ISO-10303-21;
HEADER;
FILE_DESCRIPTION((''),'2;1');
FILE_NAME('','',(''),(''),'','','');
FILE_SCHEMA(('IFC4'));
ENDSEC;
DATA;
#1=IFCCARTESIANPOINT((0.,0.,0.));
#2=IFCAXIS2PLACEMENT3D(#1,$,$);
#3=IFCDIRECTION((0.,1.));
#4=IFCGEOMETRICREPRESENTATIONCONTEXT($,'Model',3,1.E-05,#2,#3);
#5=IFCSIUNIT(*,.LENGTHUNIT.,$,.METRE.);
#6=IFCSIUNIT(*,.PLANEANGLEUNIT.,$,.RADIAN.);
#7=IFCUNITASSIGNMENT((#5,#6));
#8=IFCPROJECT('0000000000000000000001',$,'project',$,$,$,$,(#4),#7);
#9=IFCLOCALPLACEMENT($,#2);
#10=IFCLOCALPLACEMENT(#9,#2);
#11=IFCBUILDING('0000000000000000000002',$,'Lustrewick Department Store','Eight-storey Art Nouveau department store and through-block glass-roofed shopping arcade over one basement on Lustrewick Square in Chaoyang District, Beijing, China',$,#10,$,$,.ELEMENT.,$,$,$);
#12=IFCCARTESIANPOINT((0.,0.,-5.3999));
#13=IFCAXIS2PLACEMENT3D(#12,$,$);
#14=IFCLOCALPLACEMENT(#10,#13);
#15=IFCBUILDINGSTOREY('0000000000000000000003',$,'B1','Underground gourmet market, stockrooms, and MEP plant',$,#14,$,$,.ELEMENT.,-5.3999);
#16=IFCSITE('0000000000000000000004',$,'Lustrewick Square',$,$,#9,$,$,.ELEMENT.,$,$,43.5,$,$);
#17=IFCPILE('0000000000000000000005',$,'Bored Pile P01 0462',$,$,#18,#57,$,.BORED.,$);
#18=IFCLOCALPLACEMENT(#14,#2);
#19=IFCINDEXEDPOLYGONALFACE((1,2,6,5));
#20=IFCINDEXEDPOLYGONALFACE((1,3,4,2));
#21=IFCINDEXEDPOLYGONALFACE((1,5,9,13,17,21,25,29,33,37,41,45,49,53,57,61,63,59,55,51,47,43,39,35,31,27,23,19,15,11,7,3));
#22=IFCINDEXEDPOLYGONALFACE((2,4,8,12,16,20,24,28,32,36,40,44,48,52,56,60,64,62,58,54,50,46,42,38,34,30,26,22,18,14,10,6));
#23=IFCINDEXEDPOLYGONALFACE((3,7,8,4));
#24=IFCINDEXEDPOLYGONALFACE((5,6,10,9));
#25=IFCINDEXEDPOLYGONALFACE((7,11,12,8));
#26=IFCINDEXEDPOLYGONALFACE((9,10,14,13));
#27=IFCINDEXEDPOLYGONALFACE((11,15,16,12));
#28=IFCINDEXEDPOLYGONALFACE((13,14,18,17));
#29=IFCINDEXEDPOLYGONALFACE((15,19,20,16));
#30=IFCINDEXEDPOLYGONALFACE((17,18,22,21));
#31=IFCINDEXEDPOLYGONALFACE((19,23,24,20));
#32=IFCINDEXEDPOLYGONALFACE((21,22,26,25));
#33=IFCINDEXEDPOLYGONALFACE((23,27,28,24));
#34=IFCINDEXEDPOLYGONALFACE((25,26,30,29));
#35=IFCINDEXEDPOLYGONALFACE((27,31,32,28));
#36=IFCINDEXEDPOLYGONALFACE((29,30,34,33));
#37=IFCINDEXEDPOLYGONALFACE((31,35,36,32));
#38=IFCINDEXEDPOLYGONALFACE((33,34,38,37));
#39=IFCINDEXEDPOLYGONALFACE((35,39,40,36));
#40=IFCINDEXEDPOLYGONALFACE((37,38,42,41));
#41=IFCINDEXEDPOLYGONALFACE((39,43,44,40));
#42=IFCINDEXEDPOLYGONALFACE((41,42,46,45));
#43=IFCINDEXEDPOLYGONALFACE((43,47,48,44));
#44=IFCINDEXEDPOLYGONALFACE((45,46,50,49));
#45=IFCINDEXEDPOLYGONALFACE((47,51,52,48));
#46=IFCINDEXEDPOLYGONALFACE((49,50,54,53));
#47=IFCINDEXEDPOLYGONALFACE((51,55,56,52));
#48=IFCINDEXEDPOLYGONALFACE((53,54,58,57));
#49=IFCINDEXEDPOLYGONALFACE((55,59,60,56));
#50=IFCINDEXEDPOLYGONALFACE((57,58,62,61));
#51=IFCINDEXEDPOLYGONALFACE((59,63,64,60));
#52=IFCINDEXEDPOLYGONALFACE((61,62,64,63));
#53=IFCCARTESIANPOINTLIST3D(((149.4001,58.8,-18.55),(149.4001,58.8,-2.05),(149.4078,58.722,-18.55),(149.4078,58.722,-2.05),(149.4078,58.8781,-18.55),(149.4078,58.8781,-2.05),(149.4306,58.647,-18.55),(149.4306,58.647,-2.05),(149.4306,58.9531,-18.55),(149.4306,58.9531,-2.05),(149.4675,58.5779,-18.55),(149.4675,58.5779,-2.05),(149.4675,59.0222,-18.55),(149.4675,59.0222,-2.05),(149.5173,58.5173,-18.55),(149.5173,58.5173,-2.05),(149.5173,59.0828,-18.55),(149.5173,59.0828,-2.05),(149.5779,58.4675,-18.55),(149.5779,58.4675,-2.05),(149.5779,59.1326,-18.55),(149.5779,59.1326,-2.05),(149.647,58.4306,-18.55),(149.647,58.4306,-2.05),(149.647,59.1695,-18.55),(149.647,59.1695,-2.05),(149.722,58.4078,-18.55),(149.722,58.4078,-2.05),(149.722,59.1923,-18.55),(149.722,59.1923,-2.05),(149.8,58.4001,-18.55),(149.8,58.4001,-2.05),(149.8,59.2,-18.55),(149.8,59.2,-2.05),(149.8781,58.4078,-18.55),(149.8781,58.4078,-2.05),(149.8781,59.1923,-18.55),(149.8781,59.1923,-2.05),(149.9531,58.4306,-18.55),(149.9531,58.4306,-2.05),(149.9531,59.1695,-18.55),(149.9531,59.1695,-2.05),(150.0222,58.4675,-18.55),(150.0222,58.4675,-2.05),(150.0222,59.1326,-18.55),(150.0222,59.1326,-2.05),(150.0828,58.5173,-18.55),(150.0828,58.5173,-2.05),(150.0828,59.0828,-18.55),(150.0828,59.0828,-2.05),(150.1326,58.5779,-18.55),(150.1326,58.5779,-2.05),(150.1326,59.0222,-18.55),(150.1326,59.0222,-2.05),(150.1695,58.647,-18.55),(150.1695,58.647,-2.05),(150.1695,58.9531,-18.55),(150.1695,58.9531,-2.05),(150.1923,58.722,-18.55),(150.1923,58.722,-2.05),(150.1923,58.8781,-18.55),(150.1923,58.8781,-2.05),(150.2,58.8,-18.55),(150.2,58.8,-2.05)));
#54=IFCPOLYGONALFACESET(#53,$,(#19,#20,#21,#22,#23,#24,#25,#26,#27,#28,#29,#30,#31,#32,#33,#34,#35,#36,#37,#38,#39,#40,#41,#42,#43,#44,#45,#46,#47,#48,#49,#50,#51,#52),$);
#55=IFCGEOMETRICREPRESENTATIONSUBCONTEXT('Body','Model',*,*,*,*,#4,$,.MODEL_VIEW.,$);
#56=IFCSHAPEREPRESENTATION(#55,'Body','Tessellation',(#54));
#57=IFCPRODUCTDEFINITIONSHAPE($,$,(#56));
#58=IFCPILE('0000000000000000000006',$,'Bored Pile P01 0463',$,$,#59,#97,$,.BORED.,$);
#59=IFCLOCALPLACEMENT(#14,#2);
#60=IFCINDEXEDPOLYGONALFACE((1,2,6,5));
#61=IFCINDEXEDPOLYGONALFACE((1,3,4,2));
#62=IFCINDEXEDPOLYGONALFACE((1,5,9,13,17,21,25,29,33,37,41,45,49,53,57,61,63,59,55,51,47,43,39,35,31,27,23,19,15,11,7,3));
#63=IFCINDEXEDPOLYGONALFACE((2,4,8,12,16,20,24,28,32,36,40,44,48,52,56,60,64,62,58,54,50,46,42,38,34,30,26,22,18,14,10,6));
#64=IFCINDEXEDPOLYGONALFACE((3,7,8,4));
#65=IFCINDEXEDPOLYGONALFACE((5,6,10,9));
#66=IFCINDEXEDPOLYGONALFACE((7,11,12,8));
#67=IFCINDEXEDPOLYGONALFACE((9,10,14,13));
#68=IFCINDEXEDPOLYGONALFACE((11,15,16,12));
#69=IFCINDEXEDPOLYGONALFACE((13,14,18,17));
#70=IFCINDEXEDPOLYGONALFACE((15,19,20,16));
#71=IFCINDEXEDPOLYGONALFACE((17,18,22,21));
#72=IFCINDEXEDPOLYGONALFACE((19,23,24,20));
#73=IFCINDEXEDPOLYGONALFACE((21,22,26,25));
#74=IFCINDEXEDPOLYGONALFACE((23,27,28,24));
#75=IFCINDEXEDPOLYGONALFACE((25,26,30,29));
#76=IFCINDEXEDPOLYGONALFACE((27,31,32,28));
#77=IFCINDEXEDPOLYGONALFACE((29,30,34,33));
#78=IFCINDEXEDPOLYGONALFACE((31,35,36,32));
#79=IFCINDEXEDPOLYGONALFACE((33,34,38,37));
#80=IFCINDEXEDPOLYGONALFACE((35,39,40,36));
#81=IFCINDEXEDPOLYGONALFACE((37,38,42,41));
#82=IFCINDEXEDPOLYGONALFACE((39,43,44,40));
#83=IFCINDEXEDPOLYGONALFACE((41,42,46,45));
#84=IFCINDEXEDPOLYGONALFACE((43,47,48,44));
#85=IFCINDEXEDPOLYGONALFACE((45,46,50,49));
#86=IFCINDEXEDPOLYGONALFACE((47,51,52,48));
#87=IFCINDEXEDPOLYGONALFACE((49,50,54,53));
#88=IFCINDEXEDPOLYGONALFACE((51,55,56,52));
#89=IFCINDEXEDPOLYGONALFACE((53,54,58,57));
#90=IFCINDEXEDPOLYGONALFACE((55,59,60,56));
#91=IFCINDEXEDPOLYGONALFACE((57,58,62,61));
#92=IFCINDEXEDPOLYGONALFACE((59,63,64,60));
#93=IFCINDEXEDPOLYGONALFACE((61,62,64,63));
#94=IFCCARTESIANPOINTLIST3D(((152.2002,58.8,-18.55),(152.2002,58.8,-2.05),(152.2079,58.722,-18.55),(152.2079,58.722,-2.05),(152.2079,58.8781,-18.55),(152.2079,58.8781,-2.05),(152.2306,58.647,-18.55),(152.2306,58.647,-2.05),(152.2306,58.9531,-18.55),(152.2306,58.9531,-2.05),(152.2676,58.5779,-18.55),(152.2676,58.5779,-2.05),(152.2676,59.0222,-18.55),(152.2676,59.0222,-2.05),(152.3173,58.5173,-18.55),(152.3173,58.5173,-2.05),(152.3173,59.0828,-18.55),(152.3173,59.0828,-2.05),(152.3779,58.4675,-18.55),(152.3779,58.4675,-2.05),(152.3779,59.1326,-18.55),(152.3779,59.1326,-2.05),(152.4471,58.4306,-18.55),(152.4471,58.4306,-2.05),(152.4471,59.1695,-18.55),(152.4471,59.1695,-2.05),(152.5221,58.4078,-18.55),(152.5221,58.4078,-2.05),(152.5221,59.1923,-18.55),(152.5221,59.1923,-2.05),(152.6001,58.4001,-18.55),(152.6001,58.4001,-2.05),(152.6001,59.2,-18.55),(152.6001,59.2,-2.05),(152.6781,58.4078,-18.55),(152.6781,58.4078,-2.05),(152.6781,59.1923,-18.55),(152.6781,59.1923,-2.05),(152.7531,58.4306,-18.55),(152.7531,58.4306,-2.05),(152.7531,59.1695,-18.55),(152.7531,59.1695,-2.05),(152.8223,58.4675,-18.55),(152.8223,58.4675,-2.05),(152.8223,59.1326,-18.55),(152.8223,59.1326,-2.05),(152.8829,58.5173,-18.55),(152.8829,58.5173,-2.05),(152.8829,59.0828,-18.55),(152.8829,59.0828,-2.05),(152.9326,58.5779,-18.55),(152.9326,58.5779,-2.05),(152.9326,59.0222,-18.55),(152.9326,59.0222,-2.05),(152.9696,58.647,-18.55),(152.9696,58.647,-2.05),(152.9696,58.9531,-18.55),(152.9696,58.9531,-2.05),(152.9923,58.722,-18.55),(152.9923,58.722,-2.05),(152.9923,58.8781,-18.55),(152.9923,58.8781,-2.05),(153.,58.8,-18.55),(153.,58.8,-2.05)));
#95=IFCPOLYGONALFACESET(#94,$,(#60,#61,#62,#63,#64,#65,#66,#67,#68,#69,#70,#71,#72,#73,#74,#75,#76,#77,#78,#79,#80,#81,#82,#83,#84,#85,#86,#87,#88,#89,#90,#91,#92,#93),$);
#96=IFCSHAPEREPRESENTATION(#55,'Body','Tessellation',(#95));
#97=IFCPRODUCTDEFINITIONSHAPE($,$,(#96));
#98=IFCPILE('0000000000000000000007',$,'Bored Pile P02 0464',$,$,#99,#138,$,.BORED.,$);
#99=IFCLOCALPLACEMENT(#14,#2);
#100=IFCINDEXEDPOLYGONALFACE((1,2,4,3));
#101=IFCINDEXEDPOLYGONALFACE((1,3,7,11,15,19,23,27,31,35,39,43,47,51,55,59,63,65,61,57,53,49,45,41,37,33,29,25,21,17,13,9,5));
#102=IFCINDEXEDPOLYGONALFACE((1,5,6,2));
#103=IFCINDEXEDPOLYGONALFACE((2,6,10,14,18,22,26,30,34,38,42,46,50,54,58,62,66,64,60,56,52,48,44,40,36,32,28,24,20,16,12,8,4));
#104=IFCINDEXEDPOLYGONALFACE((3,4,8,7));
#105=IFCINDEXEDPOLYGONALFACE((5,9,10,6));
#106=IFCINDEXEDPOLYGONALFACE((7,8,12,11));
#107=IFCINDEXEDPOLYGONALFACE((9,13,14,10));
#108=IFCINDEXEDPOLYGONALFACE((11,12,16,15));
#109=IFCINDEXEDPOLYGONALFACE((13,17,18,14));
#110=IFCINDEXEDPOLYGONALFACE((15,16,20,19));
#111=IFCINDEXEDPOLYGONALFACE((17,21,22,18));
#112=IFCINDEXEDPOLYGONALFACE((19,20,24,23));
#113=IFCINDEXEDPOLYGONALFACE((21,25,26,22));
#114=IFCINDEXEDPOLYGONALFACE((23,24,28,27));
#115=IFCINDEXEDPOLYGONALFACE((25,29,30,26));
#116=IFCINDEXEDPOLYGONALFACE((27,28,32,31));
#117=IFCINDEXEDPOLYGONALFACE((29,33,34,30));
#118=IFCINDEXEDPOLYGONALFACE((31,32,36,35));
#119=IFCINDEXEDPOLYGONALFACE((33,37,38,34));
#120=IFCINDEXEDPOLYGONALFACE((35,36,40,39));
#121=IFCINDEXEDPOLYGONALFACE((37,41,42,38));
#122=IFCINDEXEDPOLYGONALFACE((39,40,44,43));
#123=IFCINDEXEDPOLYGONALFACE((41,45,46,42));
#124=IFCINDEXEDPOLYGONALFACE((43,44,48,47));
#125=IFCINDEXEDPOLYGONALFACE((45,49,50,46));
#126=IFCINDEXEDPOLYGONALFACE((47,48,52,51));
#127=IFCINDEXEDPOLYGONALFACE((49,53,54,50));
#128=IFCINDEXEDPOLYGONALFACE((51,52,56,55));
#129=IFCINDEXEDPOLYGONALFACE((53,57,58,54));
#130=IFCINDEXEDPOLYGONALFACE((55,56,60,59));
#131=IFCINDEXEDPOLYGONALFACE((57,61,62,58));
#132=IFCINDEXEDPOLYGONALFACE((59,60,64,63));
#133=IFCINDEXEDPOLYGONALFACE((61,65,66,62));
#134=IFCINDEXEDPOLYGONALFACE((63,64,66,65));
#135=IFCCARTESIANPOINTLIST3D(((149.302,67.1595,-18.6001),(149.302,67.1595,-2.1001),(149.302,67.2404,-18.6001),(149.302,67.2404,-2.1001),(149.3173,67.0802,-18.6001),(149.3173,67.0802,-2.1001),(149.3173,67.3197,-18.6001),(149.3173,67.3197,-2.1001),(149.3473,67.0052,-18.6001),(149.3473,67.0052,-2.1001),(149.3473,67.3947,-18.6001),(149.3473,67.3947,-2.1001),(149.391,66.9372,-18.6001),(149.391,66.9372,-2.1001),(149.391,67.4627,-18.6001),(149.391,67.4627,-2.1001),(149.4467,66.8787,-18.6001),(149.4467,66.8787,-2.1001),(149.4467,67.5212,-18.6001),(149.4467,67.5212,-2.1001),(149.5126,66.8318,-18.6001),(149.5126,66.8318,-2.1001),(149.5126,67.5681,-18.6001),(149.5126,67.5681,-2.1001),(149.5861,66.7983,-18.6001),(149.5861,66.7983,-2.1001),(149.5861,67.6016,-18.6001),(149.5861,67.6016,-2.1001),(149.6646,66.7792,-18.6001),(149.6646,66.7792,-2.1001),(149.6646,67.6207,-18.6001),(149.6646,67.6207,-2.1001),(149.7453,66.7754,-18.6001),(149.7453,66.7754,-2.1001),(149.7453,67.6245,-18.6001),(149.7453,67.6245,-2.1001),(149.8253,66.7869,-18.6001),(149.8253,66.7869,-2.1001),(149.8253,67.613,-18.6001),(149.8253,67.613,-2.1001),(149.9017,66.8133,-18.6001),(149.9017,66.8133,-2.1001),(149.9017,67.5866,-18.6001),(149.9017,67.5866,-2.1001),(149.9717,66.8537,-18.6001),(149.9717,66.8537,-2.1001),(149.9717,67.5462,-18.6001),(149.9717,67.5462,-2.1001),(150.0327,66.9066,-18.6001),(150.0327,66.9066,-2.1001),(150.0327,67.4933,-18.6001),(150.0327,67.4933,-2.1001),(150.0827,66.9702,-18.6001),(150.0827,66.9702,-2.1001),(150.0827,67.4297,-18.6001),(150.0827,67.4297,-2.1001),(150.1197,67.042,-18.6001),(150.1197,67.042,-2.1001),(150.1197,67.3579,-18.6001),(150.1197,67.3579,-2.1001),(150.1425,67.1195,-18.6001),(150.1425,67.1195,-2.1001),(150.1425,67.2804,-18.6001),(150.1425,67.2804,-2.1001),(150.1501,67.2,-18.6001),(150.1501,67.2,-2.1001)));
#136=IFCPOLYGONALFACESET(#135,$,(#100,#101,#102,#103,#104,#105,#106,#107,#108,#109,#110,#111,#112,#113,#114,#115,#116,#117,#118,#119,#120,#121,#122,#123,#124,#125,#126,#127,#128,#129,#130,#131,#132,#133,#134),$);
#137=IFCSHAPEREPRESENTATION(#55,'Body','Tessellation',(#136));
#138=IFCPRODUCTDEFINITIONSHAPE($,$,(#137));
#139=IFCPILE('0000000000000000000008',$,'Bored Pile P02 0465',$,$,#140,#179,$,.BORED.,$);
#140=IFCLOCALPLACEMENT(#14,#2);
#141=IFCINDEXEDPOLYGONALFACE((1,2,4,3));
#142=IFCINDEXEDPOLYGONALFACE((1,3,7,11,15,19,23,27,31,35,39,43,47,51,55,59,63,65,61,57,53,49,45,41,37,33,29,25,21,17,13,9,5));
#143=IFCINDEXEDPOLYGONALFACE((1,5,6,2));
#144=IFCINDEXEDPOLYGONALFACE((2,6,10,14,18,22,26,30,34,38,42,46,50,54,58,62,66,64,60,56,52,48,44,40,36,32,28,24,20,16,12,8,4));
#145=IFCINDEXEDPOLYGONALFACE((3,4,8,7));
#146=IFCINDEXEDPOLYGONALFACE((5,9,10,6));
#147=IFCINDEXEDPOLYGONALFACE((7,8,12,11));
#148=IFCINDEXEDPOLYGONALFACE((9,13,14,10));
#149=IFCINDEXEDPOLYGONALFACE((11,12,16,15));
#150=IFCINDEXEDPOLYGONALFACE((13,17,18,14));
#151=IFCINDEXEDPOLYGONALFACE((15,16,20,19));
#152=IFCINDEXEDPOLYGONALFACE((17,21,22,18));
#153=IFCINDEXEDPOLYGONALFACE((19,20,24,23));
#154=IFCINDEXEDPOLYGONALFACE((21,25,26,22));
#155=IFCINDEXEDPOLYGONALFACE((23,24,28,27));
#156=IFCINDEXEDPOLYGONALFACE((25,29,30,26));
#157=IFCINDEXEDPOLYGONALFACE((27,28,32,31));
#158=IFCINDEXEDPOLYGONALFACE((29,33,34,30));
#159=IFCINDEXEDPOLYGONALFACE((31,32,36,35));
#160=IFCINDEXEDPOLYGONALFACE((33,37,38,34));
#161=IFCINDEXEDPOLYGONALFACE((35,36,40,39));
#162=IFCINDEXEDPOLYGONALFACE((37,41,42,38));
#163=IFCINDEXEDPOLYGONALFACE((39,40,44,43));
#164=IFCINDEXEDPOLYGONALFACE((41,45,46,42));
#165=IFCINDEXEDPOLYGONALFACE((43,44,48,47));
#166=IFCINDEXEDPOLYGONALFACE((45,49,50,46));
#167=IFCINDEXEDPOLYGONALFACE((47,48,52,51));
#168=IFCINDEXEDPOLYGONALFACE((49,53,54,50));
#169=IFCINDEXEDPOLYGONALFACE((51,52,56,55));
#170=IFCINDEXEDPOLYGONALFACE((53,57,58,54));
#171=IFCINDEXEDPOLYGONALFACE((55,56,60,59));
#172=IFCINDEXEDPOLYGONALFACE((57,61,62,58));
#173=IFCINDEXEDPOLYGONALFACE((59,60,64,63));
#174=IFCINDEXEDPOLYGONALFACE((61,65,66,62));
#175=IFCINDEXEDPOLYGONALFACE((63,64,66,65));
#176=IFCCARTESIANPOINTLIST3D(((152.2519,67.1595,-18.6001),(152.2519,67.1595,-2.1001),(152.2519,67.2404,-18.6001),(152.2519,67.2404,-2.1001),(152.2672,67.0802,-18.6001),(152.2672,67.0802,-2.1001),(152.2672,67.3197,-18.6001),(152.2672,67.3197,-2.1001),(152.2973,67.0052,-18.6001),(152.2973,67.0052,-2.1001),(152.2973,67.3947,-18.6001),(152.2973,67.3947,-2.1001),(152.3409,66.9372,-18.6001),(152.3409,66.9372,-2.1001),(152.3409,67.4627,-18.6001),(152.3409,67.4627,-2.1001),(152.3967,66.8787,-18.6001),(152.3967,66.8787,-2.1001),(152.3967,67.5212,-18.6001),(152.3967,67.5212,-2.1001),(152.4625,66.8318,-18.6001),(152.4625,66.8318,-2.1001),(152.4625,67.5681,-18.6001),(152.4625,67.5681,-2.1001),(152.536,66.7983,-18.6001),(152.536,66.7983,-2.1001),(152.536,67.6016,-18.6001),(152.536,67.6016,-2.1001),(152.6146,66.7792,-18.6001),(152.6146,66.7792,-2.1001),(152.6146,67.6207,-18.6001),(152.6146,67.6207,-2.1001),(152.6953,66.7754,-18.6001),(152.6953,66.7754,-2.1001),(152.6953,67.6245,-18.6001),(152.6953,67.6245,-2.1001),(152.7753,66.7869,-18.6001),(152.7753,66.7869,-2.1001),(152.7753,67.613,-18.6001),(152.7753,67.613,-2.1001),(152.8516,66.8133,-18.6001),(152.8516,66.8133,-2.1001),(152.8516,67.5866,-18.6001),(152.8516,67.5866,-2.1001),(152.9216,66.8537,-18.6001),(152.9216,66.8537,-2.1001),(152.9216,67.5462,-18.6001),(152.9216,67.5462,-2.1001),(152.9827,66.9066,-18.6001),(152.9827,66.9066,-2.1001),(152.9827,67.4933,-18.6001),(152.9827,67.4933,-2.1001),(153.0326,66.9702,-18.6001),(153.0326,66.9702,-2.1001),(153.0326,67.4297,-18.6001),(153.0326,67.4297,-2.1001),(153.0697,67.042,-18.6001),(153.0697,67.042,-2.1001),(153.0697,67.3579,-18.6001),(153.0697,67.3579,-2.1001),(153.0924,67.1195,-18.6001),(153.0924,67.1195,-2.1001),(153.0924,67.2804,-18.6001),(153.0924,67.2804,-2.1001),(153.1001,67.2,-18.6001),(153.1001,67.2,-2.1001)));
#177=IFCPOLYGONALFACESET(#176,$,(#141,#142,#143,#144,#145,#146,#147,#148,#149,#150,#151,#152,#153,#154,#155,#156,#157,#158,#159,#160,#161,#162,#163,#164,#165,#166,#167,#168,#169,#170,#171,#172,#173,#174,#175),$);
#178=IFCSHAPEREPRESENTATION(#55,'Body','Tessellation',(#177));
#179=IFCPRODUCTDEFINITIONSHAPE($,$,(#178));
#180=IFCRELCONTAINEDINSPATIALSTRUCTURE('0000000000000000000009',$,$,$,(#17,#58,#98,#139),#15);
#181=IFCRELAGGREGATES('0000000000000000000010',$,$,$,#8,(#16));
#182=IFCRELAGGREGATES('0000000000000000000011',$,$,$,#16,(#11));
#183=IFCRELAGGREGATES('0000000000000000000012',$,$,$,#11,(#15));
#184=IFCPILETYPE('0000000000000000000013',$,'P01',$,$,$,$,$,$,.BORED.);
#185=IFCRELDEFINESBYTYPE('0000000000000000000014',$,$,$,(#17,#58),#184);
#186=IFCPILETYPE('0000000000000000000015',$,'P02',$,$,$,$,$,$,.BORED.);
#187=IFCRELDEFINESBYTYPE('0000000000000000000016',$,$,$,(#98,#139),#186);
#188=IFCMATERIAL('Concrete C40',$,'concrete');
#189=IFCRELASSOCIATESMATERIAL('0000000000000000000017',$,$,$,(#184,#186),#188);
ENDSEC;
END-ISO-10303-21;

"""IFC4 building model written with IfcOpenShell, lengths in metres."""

from ifc_helpers import new_model, si_unit, direction, frame, origin, origin_2d, place, context, subcontext, project, spatial, circle, extrude, material, material_profile, profile_set, type_object, element, save


model = new_model("IFC4")

# Units and contexts
model_context = context("Model", 3, precision=1e-05, world=origin(), true_north=direction((0.0, 1.0)))
body_context = subcontext(model_context, "Body", "Model", "MODEL_VIEW")
ifc_project = project(units=[si_unit("LENGTHUNIT", "METRE"), si_unit("PLANEANGLEUNIT", "RADIAN")], contexts=[model_context])

# Site, building, storey
site_placement = place(None, origin())
site = spatial("IfcSite", under=ifc_project, at=site_placement, Name="Lustrewick Square", CompositionType="ELEMENT", RefElevation=43.5)
building_placement = place(site_placement, origin())
building = spatial("IfcBuilding", under=site, at=building_placement, Name="Lustrewick Department Store", Description="Eight-storey Art Nouveau department store and through-block glass-roofed shopping arcade over one basement on Lustrewick Square in Chaoyang District, Beijing, China", CompositionType="ELEMENT")
storey_placement = place(building_placement, frame((0.0, 0.0, -5.3999)))
storey = spatial("IfcBuildingStorey", under=building, at=storey_placement, Name="B1", Description="Underground gourmet market, stockrooms, and MEP plant", CompositionType="ELEMENT", Elevation=-5.3999)

# Piles
ifc_material_1 = material(Name="Concrete C40", Category="concrete")
ifc_material_profile_1 = material_profile(ifc_material_1, circle(Radius=0.3999, at=origin_2d()), Name="PILE D800")
ifc_profile_set_1 = profile_set([ifc_material_profile_1], Name="Concrete C40")
pile_type_1 = type_object("IfcPileType", Name="P01", PredefinedType="BORED", material=ifc_profile_set_1)
for number, where, z_axis, x_axis, name in (
    (1, (149.8, 58.8, -2.05), (0.0, 0.0, -1.0), (1.0, 0.0, 0.0), "Bored Pile P01 0462"),
    (2, (152.6001, 58.8, -2.05), (0.0, 0.0, -1.0), (1.0, 0.0, 0.0), "Bored Pile P01 0463"),
):
    element("IfcPile", number, at=place(storey_placement, frame(where, z_axis=z_axis, x_axis=x_axis)), inside=storey, type_object=pile_type_1, Name=name, PredefinedType="BORED", context=body_context, shape_type="SweptSolid", body=[
        extrude(circle(Radius=0.3999, at=origin_2d()), origin(), (0.0, 0.0, 1.0), 16.5),
    ])
ifc_material_profile_2 = material_profile(ifc_material_1, circle(Radius=0.425, at=origin_2d()), Name="PILE D850")
ifc_profile_set_2 = profile_set([ifc_material_profile_2], Name="Concrete C40")
pile_type_2 = type_object("IfcPileType", Name="P02", PredefinedType="BORED", material=ifc_profile_set_2)
for number, where, z_axis, x_axis, name in (
    (3, (149.7251, 67.2, -2.1001), (0.0, 0.0, -1.0), (1.0, 0.0, 0.0), "Bored Pile P02 0464"),
    (4, (152.675, 67.2, -2.1001), (0.0, 0.0, -1.0), (1.0, 0.0, 0.0), "Bored Pile P02 0465"),
):
    element("IfcPile", number, at=place(storey_placement, frame(where, z_axis=z_axis, x_axis=x_axis)), inside=storey, type_object=pile_type_2, Name=name, PredefinedType="BORED", context=body_context, shape_type="SweptSolid", body=[
        extrude(circle(Radius=0.425, at=origin_2d()), origin(), (0.0, 0.0, 1.0), 16.5),
    ])

save(model, "model.ifc")
